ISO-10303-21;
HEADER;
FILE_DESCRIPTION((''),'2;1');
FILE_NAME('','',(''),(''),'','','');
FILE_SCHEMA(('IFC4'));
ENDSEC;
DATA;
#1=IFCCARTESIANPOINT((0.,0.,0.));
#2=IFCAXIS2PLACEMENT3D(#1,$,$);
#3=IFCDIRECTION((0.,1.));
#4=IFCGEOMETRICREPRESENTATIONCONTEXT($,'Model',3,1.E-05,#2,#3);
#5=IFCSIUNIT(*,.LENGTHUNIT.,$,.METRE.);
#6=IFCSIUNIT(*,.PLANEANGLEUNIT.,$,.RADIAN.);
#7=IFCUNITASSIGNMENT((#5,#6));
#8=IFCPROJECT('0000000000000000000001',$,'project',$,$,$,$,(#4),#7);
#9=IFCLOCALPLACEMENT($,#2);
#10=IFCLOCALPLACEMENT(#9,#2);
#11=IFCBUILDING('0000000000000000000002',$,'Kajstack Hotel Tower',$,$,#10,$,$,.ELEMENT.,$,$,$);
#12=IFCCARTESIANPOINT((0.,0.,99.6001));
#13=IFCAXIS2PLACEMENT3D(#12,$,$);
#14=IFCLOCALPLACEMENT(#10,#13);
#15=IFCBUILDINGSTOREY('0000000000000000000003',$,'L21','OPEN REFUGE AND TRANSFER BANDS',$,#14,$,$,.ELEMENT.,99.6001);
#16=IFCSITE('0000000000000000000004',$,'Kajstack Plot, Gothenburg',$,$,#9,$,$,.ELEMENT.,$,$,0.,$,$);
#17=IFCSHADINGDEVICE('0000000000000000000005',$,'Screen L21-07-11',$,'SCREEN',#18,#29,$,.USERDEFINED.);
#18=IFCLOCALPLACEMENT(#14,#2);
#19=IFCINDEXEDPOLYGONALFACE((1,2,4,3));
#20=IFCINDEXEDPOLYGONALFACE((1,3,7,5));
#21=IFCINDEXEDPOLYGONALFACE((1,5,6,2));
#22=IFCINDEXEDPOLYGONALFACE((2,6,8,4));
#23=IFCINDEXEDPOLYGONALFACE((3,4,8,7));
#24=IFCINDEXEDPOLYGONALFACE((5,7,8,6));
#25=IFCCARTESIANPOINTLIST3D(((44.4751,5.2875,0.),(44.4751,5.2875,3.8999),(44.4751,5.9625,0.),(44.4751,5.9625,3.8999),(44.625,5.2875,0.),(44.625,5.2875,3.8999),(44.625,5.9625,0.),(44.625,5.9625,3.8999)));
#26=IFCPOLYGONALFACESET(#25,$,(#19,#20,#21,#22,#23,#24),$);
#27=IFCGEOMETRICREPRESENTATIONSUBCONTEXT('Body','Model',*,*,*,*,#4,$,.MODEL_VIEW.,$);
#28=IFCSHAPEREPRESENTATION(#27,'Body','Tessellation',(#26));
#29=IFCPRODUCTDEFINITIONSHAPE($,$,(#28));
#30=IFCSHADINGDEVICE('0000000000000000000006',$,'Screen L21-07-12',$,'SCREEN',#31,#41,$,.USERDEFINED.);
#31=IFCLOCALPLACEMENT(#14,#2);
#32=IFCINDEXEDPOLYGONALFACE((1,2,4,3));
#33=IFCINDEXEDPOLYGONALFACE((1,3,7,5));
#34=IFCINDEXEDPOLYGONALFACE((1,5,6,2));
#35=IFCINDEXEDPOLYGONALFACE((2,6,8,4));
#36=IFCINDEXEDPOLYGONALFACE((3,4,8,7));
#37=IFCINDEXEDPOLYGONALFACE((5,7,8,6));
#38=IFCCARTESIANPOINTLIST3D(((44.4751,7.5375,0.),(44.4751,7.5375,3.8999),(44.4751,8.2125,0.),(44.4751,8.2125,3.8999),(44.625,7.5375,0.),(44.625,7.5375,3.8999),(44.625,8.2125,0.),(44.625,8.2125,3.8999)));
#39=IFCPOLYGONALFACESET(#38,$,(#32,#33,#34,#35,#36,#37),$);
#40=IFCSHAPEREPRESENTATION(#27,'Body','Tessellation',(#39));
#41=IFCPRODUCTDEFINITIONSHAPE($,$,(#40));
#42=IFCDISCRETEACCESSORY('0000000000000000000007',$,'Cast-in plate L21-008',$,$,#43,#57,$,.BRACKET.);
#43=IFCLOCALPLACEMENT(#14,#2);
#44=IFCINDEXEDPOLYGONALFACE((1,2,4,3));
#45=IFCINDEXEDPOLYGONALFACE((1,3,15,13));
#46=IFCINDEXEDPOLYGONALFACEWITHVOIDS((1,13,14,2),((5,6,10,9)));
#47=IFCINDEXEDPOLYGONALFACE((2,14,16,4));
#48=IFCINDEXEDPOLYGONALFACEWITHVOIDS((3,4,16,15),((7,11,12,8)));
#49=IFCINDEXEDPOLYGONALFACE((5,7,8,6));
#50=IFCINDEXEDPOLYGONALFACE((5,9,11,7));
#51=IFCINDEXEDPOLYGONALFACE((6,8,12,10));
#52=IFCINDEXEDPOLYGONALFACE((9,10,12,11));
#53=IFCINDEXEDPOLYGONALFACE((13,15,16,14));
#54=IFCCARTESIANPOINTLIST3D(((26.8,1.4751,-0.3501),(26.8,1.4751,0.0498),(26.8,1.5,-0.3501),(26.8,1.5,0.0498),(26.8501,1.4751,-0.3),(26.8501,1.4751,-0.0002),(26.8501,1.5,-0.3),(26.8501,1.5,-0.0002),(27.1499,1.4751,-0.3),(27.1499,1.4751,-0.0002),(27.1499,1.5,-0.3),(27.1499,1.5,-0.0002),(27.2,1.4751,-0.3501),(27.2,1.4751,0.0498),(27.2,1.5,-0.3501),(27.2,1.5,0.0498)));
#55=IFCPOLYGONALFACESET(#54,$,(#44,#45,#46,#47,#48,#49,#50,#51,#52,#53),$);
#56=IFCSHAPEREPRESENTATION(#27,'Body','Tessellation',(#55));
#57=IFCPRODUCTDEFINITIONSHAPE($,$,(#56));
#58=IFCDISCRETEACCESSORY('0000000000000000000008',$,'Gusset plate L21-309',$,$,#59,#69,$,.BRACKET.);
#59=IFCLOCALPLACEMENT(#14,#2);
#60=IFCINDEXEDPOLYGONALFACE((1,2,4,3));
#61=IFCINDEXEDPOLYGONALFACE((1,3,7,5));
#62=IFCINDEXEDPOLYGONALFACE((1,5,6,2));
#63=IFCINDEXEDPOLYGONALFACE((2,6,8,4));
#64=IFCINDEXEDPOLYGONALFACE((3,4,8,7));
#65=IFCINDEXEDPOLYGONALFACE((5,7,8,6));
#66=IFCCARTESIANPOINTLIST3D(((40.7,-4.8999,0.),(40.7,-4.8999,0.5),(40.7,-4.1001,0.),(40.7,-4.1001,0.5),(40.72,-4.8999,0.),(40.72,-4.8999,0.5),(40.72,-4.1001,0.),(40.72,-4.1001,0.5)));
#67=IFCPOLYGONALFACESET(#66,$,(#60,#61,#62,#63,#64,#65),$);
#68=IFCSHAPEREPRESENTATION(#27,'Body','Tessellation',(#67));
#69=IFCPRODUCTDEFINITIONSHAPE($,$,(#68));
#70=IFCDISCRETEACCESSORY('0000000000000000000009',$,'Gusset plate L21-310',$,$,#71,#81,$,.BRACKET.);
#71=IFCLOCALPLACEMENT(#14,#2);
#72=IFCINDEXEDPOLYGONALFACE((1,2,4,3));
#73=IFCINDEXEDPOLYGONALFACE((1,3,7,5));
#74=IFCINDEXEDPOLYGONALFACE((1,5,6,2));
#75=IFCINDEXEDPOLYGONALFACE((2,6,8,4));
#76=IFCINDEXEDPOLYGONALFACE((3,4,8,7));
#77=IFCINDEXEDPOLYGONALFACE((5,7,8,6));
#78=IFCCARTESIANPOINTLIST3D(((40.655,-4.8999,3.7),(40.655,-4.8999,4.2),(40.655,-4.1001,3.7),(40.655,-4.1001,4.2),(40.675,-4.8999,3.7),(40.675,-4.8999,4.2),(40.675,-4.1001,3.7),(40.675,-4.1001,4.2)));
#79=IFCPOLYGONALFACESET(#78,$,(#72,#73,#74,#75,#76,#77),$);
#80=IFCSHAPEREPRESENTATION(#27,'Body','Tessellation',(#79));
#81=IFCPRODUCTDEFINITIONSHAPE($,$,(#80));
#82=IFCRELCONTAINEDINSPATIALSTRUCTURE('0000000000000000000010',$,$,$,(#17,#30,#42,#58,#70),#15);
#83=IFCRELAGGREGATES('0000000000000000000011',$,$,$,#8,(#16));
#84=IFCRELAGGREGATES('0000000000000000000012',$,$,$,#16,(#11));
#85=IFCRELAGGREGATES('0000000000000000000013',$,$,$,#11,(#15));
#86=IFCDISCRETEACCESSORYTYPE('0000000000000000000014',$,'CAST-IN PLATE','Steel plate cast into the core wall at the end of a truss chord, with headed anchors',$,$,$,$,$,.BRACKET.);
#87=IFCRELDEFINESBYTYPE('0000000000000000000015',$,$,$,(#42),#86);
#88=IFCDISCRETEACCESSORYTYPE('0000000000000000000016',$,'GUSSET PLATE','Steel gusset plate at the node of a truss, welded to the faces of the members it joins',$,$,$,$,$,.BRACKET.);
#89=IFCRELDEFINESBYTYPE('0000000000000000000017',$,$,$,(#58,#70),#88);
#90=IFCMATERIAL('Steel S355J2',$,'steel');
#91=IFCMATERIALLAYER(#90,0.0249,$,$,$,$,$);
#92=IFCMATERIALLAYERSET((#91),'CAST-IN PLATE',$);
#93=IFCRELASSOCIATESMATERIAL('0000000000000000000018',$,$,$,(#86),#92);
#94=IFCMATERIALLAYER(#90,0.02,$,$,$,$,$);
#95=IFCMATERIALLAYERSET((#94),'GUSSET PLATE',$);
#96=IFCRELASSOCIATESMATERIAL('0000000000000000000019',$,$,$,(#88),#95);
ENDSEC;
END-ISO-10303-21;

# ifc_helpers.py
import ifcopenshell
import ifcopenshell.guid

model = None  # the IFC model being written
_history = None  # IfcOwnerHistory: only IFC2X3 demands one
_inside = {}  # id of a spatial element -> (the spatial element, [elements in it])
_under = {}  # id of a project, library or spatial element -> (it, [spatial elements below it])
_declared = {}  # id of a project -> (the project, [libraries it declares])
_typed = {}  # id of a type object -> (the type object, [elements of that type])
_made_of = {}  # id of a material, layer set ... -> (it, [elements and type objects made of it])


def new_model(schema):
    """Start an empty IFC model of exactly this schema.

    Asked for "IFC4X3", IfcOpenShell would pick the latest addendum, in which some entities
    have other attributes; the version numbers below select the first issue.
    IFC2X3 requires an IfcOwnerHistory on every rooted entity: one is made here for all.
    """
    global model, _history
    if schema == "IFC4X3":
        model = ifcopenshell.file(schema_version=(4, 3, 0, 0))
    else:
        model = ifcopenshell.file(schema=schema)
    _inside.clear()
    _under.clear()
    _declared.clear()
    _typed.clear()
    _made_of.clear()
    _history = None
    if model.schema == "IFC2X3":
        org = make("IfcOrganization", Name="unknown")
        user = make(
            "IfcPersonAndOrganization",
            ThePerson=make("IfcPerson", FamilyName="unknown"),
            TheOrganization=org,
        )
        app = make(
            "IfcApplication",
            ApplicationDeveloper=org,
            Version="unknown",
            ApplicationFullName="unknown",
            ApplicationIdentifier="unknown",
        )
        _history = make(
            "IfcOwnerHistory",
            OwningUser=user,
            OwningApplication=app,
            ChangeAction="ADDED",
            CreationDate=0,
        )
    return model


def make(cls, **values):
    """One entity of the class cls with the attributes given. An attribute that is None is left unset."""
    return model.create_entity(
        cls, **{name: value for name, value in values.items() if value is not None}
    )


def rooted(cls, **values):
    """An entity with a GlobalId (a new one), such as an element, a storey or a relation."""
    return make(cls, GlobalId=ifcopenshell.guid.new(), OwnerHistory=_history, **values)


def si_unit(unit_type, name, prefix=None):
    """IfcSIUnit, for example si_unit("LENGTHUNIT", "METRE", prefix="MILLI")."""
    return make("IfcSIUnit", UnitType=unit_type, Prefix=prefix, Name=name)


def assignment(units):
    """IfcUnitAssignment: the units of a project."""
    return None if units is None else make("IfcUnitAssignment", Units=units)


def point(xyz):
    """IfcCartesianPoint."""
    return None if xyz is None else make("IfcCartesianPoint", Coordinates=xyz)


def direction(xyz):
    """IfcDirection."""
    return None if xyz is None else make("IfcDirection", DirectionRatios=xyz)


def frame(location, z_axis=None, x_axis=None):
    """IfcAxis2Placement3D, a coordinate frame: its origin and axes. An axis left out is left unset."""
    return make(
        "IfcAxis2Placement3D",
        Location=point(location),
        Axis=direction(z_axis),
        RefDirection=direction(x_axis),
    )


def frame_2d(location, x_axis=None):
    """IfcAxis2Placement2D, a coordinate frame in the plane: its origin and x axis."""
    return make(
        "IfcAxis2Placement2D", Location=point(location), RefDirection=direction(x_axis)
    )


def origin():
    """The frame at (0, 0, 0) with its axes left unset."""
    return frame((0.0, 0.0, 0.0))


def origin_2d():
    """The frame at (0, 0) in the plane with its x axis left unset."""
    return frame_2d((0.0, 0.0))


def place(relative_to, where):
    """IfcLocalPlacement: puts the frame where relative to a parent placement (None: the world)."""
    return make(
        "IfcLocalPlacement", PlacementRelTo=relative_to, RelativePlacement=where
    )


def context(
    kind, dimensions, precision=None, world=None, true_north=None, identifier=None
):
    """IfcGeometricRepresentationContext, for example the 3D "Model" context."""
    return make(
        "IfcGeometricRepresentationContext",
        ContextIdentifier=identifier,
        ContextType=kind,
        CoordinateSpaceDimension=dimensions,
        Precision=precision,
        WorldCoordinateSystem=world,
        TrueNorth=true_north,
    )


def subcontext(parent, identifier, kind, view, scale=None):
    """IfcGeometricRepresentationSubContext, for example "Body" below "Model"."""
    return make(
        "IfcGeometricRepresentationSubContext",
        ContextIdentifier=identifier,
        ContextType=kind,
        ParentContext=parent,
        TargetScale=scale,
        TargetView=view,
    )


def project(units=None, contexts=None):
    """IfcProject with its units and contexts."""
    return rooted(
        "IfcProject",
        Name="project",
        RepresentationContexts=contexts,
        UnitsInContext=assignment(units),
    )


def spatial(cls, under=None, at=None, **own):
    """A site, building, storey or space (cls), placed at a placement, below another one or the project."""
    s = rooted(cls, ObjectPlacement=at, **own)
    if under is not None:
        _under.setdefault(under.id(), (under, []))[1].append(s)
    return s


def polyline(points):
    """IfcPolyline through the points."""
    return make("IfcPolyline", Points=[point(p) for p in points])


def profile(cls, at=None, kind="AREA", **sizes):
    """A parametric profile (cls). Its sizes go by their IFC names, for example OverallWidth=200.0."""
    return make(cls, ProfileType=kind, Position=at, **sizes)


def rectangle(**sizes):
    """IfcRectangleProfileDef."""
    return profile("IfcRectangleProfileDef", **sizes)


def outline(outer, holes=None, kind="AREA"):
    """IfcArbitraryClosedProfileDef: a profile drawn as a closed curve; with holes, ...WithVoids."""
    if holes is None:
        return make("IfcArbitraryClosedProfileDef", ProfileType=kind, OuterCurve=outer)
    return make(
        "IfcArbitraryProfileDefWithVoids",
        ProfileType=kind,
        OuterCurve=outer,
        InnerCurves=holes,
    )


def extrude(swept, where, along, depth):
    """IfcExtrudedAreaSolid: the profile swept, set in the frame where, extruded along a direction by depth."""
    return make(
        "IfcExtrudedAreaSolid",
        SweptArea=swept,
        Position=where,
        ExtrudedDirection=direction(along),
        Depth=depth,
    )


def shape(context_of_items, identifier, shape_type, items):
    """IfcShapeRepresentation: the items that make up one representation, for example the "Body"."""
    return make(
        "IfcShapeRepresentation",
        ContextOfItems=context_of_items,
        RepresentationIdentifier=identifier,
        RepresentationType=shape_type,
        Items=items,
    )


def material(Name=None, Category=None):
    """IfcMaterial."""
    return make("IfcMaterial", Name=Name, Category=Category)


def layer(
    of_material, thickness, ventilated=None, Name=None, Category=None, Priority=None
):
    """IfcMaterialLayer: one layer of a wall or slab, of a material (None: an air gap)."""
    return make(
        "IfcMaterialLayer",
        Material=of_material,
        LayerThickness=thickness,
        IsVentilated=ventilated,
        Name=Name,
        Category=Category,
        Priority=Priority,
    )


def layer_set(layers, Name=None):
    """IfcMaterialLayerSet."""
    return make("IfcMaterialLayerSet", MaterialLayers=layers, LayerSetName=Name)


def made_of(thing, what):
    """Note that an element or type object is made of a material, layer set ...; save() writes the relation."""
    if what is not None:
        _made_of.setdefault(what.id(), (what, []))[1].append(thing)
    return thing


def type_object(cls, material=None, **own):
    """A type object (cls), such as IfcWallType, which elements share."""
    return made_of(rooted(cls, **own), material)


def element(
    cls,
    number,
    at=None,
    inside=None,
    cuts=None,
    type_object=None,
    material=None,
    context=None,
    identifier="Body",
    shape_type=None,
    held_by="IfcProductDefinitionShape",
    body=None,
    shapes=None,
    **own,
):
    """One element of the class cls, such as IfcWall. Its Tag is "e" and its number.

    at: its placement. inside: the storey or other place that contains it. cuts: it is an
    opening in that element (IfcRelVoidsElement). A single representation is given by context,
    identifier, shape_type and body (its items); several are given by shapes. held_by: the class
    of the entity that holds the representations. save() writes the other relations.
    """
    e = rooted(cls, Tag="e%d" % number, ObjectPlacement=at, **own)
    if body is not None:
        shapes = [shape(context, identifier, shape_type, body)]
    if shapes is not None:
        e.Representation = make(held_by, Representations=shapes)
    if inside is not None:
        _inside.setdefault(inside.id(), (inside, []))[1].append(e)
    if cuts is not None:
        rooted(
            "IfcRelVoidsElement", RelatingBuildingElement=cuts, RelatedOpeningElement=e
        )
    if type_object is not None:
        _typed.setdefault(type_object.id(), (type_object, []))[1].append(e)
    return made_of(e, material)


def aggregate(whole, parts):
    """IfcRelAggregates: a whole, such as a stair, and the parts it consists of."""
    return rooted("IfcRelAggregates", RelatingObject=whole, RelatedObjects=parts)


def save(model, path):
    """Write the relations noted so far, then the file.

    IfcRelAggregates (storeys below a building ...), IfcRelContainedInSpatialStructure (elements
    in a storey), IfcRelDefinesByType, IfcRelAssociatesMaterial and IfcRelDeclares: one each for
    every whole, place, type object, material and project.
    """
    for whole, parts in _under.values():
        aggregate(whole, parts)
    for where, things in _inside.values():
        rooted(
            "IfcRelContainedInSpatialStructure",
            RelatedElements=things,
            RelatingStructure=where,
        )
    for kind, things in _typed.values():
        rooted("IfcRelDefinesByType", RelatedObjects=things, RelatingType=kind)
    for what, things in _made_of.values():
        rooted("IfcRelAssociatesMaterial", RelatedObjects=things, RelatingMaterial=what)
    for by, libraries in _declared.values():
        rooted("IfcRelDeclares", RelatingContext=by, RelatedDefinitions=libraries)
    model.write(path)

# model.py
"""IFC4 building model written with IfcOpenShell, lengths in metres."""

from ifc_helpers import new_model, si_unit, direction, frame, origin, origin_2d, place, context, subcontext, project, spatial, polyline, rectangle, outline, extrude, material, layer, layer_set, type_object, element, save


model = new_model("IFC4")

# Units and contexts
model_context = context("Model", 3, precision=1e-05, world=origin(), true_north=direction((0.0, 1.0)))
body_context = subcontext(model_context, "Body", "Model", "MODEL_VIEW")
ifc_project = project(units=[si_unit("LENGTHUNIT", "METRE"), si_unit("PLANEANGLEUNIT", "RADIAN")], contexts=[model_context])

# Site, building, storey
site_placement = place(None, origin())
site = spatial("IfcSite", under=ifc_project, at=site_placement, Name="Kajstack Plot, Gothenburg", CompositionType="ELEMENT", RefElevation=0.0)
building_placement = place(site_placement, origin())
building = spatial("IfcBuilding", under=site, at=building_placement, Name="Kajstack Hotel Tower", CompositionType="ELEMENT")
storey_placement = place(building_placement, frame((0.0, 0.0, 99.6001)))
storey = spatial("IfcBuildingStorey", under=building, at=storey_placement, Name="L21", Description="OPEN REFUGE AND TRANSFER BANDS", CompositionType="ELEMENT", Elevation=99.6001)

# Shared definitions
ifc_material_1 = material(Name="Steel S355J2", Category="steel")

# Shading devices
for number, where, z_axis, x_axis, name in (
    (1, (44.55, 5.625, 0.0), (0.0, 0.0, 1.0), (0.0, 1.0, 0.0), "Screen L21-07-11"),
    (2, (44.55, 7.875, 0.0), (0.0, 0.0, 1.0), (0.0, 1.0, 0.0), "Screen L21-07-12"),
):
    element("IfcShadingDevice", number, at=place(storey_placement, frame(where, z_axis=z_axis, x_axis=x_axis)), inside=storey, Name=name, ObjectType="SCREEN", PredefinedType="USERDEFINED", context=body_context, shape_type="SweptSolid", body=[
        extrude(rectangle(XDim=0.675, YDim=0.1499, at=origin_2d()), origin(), (0.0, 0.0, 1.0), 3.8999),
    ])

# Discrete accessories
ifc_layer_1 = layer(ifc_material_1, 0.0249)
ifc_layer_set_1 = layer_set([ifc_layer_1], Name="CAST-IN PLATE")
discrete_accessory_type_1 = type_object("IfcDiscreteAccessoryType", Name="CAST-IN PLATE", Description="Steel plate cast into the core wall at the end of a truss chord, with headed anchors", PredefinedType="BRACKET", material=ifc_layer_set_1)
discrete_accessory_1_placement = place(storey_placement, frame((27.0, 1.4751, -0.1501), z_axis=(0.0, 1.0, 0.0), x_axis=(-1.0, 0.0, 0.0)))
element("IfcDiscreteAccessory", 3, at=discrete_accessory_1_placement, inside=storey, type_object=discrete_accessory_type_1, Name="Cast-in plate L21-008", PredefinedType="BRACKET", context=body_context, shape_type="SweptSolid", body=[
    extrude(outline(polyline([(-0.2, -0.2), (0.2, -0.2), (0.2, 0.2), (-0.2, 0.2), (-0.2, -0.2)]), holes=[polyline([(-0.1499, -0.1499), (-0.1499, 0.1499), (0.1499, 0.1499), (0.1499, -0.1499), (-0.1499, -0.1499)])]), origin(), (0.0, 0.0, 1.0), 0.0249),
])
ifc_layer_2 = layer(ifc_material_1, 0.02)
ifc_layer_set_2 = layer_set([ifc_layer_2], Name="GUSSET PLATE")
discrete_accessory_type_2 = type_object("IfcDiscreteAccessoryType", Name="GUSSET PLATE", Description="Steel gusset plate at the node of a truss, welded to the faces of the members it joins", PredefinedType="BRACKET", material=ifc_layer_set_2)
for number, where, z_axis, x_axis, name in (
    (4, (40.7, -4.5, 0.0), (1.0, 0.0, 0.0), (0.0, 1.0, 0.0), "Gusset plate L21-309"),
    (5, (40.655, -4.5, 3.7), (1.0, 0.0, 0.0), (0.0, 1.0, 0.0), "Gusset plate L21-310"),
):
    element("IfcDiscreteAccessory", number, at=place(storey_placement, frame(where, z_axis=z_axis, x_axis=x_axis)), inside=storey, type_object=discrete_accessory_type_2, Name=name, PredefinedType="BRACKET", context=body_context, shape_type="SweptSolid", body=[
        extrude(outline(polyline([(-0.3999, 0.0), (0.3999, 0.0), (0.3999, 0.5), (-0.3999, 0.5), (-0.3999, 0.0)])), origin(), (0.0, 0.0, 1.0), 0.02),
    ])

save(model, "model.ifc")
